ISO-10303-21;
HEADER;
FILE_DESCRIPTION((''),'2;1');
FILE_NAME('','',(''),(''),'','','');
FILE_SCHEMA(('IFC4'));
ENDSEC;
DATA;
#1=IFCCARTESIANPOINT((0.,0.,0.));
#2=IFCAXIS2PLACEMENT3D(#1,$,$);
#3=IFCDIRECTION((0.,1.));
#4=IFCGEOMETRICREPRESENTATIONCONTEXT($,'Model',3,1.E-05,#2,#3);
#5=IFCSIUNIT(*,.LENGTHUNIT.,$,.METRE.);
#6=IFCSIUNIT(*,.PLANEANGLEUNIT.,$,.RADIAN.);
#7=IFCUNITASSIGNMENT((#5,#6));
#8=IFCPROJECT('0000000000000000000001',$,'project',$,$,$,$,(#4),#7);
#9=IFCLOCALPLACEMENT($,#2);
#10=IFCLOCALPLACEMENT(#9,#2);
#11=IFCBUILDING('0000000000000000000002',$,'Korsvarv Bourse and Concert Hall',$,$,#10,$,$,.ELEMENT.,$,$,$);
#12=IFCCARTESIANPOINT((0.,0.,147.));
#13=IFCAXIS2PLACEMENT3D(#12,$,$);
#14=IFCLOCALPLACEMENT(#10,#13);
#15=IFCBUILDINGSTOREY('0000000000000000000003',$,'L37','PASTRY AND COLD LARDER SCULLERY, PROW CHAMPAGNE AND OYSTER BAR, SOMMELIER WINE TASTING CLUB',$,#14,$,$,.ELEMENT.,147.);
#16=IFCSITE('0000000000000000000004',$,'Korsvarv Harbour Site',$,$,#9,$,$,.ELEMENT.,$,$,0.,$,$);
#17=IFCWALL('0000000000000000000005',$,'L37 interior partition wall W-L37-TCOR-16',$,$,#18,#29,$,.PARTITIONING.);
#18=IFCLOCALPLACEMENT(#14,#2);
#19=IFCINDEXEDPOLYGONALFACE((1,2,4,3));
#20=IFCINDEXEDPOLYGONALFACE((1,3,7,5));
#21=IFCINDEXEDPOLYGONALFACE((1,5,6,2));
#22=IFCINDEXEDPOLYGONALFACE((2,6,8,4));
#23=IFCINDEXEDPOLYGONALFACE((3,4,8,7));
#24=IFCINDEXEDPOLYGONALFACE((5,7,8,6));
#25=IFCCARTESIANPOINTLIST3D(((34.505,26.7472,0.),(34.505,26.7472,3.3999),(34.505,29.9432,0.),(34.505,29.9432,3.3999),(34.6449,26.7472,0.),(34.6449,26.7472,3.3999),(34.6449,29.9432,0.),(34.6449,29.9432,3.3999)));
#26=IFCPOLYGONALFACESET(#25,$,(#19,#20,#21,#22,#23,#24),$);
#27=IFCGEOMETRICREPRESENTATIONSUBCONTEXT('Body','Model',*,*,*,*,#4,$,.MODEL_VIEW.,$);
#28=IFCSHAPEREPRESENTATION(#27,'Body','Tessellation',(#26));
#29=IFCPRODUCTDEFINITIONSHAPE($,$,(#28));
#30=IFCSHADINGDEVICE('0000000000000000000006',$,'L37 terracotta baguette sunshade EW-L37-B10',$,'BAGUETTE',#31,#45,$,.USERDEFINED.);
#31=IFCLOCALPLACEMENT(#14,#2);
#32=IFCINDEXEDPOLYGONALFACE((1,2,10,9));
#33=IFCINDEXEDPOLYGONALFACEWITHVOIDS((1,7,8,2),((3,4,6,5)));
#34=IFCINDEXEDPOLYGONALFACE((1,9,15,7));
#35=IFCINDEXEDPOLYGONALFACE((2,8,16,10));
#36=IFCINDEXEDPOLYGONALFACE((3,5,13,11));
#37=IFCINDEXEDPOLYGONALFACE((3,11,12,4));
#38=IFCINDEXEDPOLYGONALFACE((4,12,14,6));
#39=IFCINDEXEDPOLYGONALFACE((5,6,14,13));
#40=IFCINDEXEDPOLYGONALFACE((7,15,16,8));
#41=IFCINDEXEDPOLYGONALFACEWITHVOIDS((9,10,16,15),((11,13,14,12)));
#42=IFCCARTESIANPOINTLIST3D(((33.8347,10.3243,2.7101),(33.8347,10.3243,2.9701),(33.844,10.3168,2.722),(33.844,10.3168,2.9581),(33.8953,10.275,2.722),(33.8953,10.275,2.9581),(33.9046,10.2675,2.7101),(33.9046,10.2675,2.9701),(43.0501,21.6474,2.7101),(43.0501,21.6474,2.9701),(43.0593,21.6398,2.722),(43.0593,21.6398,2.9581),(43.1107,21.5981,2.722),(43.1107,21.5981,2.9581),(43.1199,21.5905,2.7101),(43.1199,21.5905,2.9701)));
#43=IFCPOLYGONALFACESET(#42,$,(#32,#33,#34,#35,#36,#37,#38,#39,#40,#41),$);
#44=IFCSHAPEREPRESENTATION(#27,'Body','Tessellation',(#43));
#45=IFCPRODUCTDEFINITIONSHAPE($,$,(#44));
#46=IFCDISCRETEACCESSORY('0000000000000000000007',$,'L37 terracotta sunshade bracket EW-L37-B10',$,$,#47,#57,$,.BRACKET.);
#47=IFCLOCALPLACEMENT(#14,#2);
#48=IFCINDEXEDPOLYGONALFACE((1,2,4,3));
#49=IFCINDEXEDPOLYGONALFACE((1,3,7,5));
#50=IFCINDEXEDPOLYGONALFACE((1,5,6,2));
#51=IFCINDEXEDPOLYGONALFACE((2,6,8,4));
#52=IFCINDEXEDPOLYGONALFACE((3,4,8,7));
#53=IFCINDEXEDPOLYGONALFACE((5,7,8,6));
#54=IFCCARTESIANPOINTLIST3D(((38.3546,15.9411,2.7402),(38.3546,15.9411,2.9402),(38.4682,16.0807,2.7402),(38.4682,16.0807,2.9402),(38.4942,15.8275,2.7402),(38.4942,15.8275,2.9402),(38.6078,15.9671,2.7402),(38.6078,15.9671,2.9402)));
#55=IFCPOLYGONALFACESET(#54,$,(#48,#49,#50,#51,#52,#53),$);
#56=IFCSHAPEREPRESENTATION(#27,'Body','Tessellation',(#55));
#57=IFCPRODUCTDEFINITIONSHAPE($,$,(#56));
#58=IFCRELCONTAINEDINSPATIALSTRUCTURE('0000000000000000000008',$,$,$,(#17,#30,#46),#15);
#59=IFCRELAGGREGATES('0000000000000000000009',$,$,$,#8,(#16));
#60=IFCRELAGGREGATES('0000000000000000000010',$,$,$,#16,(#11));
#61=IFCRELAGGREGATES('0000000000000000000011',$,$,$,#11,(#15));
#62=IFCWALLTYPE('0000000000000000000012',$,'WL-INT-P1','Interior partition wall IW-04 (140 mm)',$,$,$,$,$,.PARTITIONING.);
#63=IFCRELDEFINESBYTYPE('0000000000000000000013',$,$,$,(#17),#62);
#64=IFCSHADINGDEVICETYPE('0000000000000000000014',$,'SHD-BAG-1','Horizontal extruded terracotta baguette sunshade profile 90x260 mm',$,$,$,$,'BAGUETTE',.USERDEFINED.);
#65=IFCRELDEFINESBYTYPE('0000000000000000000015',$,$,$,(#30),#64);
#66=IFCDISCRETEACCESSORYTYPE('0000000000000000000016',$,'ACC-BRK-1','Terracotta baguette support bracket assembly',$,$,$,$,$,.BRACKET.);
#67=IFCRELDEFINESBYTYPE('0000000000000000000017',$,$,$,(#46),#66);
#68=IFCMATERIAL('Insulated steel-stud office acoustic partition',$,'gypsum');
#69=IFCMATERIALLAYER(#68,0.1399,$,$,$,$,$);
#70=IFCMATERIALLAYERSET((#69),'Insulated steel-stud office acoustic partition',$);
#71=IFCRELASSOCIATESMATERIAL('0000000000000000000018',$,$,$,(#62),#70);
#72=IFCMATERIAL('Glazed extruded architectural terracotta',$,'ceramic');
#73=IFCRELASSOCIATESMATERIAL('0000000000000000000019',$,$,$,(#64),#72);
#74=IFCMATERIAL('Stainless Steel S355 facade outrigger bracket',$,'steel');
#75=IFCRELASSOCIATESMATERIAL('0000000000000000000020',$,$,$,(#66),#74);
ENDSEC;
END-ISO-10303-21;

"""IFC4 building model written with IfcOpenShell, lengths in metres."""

from ifc_helpers import new_model, si_unit, direction, frame, frame_2d, origin, origin_2d, place, context, subcontext, project, spatial, rectangle, hollow_rectangle, extrude, source, transform, mapped, material, layer, layer_set, material_profile, profile_set, type_object, element, save


model = new_model("IFC4")

# Units and contexts
model_context = context("Model", 3, precision=1e-05, world=origin(), true_north=direction((0.0, 1.0)))
body_context = subcontext(model_context, "Body", "Model", "MODEL_VIEW")
ifc_project = project(units=[si_unit("LENGTHUNIT", "METRE"), si_unit("PLANEANGLEUNIT", "RADIAN")], contexts=[model_context])

# Site, building, storey
site_placement = place(None, origin())
site = spatial("IfcSite", under=ifc_project, at=site_placement, Name="Korsvarv Harbour Site", CompositionType="ELEMENT", RefElevation=0.0)
building_placement = place(site_placement, origin())
building = spatial("IfcBuilding", under=site, at=building_placement, Name="Korsvarv Bourse and Concert Hall", CompositionType="ELEMENT")
storey_placement = place(building_placement, frame((0.0, 0.0, 147.0)))
storey = spatial("IfcBuildingStorey", under=building, at=storey_placement, Name="L37", Description="PASTRY AND COLD LARDER SCULLERY, PROW CHAMPAGNE AND OYSTER BAR, SOMMELIER WINE TASTING CLUB", CompositionType="ELEMENT", Elevation=147.0)

# Wall
ifc_material_1 = material(Name="Insulated steel-stud office acoustic partition", Category="gypsum")
ifc_layer_1 = layer(ifc_material_1, 0.1399)
ifc_layer_set_1 = layer_set([ifc_layer_1], Name="Insulated steel-stud office acoustic partition")
wall_type_1 = type_object("IfcWallType", Name="WL-INT-P1", Description="Interior partition wall IW-04 (140 mm)", PredefinedType="PARTITIONING", material=ifc_layer_set_1)
wall_1_placement = place(storey_placement, frame((34.575, 26.7471, 0.0), z_axis=(0.0, 0.0, 1.0), x_axis=(0.0, 1.0, 0.0)))
element("IfcWall", 1, at=wall_1_placement, inside=storey, type_object=wall_type_1, Name="L37 interior partition wall W-L37-TCOR-16", PredefinedType="PARTITIONING", context=body_context, shape_type="SweptSolid", body=[
    extrude(rectangle(XDim=3.196, YDim=0.1399, at=frame_2d((1.5981, 0.0))), origin(), (0.0, 0.0, 1.0), 3.3999),
])

# Shading device
ifc_material_2 = material(Name="Glazed extruded architectural terracotta", Category="ceramic")
ifc_material_profile_1 = material_profile(ifc_material_2, hollow_rectangle(XDim=0.0901, YDim=0.26, WallThickness=0.012, at=origin_2d()), Name="TC-BAG 90x260")
ifc_profile_set_1 = profile_set([ifc_material_profile_1], Name="Glazed extruded architectural terracotta")
shading_device_type = type_object("IfcShadingDeviceType", Name="SHD-BAG-1", Description="Horizontal extruded terracotta baguette sunshade profile 90x260 mm", ElementType="BAGUETTE", PredefinedType="USERDEFINED", material=ifc_profile_set_1)
shared_shape_1 = source(origin(), body_context, "Body", "SweptSolid", [
    extrude(hollow_rectangle(XDim=0.0901, YDim=0.26, WallThickness=0.012, at=origin_2d()), origin(), (0.0, 0.0, 1.0), 14.5991),
])
shading_device_placement = place(storey_placement, frame((33.8696, 10.2959, 2.8401), z_axis=(0.631228, 0.775598, 0.0), x_axis=(-0.775598, 0.631228, 0.0)))
element("IfcShadingDevice", 2, at=shading_device_placement, inside=storey, type_object=shading_device_type, Name="L37 terracotta baguette sunshade EW-L37-B10", ObjectType="BAGUETTE", PredefinedType="USERDEFINED", context=body_context, shape_type="MappedRepresentation", body=[
    mapped(shared_shape_1, transform((0.0, 0.0, 0.0), scale=1.0)),
])

# Discrete accessory
ifc_material_3 = material(Name="Stainless Steel S355 facade outrigger bracket", Category="steel")
discrete_accessory_type = type_object("IfcDiscreteAccessoryType", Name="ACC-BRK-1", Description="Terracotta baguette support bracket assembly", PredefinedType="BRACKET", material=ifc_material_3)
shared_shape_2 = source(origin(), body_context, "Body", "SweptSolid", [
    extrude(rectangle(XDim=0.1799, YDim=0.1799, at=origin_2d()), origin(), (0.0, 0.0, 1.0), 0.2),
])
discrete_accessory_placement = place(storey_placement, frame((38.4812, 15.9541, 2.7402), z_axis=(0.0, 0.0, 1.0), x_axis=(0.631217, 0.775606, 0.0)))
element("IfcDiscreteAccessory", 3, at=discrete_accessory_placement, inside=storey, type_object=discrete_accessory_type, Name="L37 terracotta sunshade bracket EW-L37-B10", PredefinedType="BRACKET", context=body_context, shape_type="MappedRepresentation", body=[
    mapped(shared_shape_2, transform((0.0, 0.0, 0.0), scale=1.0)),
])

save(model, "model.ifc")
